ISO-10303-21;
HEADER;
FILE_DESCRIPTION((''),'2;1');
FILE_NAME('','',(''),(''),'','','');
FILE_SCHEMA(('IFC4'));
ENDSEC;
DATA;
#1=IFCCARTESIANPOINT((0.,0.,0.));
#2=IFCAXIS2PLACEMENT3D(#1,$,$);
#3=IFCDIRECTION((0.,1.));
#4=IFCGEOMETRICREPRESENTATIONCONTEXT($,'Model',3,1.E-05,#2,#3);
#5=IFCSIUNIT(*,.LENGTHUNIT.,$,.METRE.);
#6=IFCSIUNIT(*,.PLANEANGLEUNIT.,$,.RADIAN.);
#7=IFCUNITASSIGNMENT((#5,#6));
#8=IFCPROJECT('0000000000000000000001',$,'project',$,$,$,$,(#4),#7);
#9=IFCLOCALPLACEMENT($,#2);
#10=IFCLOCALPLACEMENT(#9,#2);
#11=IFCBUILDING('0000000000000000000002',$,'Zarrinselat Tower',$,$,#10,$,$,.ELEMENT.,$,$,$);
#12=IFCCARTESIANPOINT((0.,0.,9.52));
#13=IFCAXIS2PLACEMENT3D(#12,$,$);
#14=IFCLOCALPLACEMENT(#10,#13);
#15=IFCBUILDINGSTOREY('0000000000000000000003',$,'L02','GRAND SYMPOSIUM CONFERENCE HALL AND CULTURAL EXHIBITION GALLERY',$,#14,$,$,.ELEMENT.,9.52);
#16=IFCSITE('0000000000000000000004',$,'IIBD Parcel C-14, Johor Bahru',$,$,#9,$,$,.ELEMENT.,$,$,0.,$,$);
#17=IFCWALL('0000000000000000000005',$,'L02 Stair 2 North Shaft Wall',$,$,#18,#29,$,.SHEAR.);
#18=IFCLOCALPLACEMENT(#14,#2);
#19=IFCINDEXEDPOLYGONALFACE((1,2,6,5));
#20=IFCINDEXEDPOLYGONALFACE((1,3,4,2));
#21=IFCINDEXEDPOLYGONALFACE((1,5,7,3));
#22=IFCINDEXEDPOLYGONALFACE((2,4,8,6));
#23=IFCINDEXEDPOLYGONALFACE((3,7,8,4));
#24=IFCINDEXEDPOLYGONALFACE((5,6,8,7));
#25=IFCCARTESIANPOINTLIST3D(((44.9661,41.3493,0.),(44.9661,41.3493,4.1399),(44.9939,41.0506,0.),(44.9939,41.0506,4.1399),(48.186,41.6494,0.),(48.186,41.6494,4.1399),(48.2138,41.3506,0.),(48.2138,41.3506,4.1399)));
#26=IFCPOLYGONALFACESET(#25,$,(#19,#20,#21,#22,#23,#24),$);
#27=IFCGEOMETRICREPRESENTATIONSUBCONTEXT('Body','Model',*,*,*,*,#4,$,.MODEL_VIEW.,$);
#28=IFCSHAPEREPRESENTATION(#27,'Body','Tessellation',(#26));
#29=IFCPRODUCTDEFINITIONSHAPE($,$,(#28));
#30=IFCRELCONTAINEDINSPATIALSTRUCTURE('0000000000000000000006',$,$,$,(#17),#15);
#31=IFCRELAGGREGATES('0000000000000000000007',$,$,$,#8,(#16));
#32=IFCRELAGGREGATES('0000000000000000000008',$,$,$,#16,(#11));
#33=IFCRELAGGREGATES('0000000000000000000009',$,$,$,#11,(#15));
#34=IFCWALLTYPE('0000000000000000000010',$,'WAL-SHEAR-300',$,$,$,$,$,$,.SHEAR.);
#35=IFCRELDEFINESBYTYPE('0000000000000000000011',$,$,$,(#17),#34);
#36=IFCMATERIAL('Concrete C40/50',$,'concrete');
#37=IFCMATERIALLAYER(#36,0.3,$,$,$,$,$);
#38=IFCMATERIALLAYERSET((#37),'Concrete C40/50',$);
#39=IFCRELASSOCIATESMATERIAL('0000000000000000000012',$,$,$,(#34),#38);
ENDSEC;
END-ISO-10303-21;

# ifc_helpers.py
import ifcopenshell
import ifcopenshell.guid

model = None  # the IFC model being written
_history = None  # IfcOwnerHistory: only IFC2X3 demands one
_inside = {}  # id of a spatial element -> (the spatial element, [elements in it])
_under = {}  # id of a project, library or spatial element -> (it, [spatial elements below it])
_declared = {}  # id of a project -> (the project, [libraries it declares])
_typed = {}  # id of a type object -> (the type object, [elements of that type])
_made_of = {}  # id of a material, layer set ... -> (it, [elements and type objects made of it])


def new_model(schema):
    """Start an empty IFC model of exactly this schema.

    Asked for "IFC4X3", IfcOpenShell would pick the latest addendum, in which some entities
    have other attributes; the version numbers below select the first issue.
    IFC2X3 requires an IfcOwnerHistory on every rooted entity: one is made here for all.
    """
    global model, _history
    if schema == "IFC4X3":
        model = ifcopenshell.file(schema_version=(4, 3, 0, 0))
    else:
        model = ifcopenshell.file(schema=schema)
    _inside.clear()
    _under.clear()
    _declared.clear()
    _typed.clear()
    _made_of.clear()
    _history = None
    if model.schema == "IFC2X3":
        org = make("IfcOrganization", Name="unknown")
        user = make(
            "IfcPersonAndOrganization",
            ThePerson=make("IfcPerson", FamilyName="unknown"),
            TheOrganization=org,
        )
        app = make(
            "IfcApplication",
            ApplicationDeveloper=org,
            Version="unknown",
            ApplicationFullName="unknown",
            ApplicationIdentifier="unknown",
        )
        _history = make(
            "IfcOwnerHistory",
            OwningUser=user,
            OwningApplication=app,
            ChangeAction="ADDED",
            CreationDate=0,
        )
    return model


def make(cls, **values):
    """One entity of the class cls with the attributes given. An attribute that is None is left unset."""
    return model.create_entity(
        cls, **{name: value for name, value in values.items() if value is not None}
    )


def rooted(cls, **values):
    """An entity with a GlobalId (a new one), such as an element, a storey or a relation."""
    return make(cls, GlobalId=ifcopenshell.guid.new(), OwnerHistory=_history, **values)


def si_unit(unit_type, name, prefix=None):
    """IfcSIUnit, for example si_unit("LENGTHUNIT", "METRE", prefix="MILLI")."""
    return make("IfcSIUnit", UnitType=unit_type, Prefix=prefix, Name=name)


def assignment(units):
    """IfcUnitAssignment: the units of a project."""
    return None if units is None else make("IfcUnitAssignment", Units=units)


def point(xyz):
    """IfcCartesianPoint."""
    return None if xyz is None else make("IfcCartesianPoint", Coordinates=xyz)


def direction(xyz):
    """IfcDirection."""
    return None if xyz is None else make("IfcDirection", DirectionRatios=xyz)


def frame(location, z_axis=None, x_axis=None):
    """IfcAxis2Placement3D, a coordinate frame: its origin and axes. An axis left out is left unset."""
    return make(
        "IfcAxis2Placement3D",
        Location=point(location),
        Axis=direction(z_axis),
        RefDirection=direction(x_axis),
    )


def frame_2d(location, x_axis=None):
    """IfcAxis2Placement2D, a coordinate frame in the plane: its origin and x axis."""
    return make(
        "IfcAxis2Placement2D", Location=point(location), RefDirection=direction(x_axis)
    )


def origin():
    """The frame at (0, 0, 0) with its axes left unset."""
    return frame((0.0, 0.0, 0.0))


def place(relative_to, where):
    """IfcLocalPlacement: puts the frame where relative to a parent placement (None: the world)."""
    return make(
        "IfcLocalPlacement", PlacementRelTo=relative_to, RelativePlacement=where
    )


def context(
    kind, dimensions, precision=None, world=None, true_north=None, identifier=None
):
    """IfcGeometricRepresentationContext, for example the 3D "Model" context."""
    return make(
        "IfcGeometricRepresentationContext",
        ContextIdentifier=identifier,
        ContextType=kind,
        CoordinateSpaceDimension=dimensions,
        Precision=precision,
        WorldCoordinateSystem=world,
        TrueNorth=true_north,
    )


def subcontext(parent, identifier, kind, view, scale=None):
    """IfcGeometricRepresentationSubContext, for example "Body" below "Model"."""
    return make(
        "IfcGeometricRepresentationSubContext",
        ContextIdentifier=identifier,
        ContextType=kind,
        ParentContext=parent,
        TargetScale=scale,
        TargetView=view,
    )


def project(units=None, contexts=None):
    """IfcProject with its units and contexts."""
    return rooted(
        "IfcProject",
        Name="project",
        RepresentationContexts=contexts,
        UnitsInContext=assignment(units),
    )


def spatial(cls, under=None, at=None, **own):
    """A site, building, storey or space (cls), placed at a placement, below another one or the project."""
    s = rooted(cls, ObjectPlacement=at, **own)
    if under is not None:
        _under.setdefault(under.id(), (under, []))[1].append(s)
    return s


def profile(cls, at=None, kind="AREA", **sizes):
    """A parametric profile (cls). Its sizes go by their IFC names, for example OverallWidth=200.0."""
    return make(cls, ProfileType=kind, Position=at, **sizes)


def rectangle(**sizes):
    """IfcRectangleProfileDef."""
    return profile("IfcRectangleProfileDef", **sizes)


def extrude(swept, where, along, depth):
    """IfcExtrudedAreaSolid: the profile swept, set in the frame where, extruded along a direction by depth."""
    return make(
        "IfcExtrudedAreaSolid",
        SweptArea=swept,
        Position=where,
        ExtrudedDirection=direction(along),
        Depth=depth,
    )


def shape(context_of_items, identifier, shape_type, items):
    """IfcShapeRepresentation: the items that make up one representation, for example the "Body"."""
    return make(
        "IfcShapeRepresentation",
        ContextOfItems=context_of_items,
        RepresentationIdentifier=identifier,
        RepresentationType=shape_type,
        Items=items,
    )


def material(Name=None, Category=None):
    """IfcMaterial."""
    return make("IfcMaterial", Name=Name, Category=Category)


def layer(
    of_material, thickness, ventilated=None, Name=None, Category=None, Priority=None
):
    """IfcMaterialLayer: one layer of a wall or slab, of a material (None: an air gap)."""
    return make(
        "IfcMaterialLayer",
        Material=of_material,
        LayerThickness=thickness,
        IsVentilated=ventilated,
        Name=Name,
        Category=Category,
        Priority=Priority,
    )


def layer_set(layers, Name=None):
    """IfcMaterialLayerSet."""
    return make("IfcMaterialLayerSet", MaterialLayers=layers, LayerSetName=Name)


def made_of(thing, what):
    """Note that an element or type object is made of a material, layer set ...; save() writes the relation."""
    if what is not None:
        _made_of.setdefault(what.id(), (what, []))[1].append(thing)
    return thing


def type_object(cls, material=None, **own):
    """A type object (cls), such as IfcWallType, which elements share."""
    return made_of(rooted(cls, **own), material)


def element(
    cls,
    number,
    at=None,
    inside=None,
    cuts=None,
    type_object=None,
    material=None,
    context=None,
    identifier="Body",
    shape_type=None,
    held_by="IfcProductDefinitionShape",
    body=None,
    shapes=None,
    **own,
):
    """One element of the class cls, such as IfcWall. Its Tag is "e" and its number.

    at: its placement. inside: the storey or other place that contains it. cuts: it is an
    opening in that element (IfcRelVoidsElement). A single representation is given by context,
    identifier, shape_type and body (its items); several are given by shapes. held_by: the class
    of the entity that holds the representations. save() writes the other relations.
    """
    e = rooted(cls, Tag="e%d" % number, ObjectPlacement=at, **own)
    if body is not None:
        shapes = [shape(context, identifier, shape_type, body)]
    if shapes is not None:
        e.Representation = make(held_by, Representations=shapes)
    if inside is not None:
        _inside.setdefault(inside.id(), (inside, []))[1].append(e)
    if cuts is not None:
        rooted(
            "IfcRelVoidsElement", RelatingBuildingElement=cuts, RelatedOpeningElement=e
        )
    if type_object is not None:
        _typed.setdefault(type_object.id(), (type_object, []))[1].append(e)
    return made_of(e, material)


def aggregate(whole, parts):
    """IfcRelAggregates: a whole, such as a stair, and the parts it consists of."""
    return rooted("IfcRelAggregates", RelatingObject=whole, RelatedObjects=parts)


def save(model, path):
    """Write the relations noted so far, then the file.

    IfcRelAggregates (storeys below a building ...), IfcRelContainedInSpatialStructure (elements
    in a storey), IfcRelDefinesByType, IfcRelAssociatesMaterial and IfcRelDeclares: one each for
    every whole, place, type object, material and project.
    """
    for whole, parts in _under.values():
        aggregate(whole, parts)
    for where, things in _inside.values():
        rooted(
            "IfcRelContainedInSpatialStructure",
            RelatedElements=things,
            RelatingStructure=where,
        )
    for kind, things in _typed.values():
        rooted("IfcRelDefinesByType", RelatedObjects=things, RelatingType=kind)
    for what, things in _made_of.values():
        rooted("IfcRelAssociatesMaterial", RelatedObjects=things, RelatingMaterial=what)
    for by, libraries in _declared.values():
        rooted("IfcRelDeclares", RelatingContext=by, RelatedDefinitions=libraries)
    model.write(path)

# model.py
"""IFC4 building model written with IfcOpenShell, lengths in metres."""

from ifc_helpers import new_model, si_unit, direction, frame, frame_2d, origin, place, context, subcontext, project, spatial, rectangle, extrude, material, layer, layer_set, type_object, element, save


model = new_model("IFC4")

# Units and contexts
model_context = context("Model", 3, precision=1e-05, world=origin(), true_north=direction((0.0, 1.0)))
body_context = subcontext(model_context, "Body", "Model", "MODEL_VIEW")
ifc_project = project(units=[si_unit("LENGTHUNIT", "METRE"), si_unit("PLANEANGLEUNIT", "RADIAN")], contexts=[model_context])

# Site, building, storey
site_placement = place(None, origin())
site = spatial("IfcSite", under=ifc_project, at=site_placement, Name="IIBD Parcel C-14, Johor Bahru", CompositionType="ELEMENT", RefElevation=0.0)
building_placement = place(site_placement, origin())
building = spatial("IfcBuilding", under=site, at=building_placement, Name="Zarrinselat Tower", CompositionType="ELEMENT")
storey_placement = place(building_placement, frame((0.0, 0.0, 9.52)))
storey = spatial("IfcBuildingStorey", under=building, at=storey_placement, Name="L02", Description="GRAND SYMPOSIUM CONFERENCE HALL AND CULTURAL EXHIBITION GALLERY", CompositionType="ELEMENT", Elevation=9.52)

# Wall
ifc_material_1 = material(Name="Concrete C40/50", Category="concrete")
ifc_layer_1 = layer(ifc_material_1, 0.3)
ifc_layer_set_1 = layer_set([ifc_layer_1], Name="Concrete C40/50")
wall_type_1 = type_object("IfcWallType", Name="WAL-SHEAR-300", PredefinedType="SHEAR", material=ifc_layer_set_1)
wall_1_placement = place(storey_placement, frame((44.98, 41.2, 0.0), z_axis=(0.0, 0.0, 1.0), x_axis=(0.995686, 0.092782, 0.0)))
element("IfcWall", 1, at=wall_1_placement, inside=storey, type_object=wall_type_1, Name="L02 Stair 2 North Shaft Wall", PredefinedType="SHEAR", context=body_context, shape_type="SweptSolid", body=[
    extrude(rectangle(XDim=3.2339, YDim=0.3, at=frame_2d((1.6169, 0.0))), origin(), (0.0, 0.0, 1.0), 4.1399),
])

save(model, "model.ifc")
